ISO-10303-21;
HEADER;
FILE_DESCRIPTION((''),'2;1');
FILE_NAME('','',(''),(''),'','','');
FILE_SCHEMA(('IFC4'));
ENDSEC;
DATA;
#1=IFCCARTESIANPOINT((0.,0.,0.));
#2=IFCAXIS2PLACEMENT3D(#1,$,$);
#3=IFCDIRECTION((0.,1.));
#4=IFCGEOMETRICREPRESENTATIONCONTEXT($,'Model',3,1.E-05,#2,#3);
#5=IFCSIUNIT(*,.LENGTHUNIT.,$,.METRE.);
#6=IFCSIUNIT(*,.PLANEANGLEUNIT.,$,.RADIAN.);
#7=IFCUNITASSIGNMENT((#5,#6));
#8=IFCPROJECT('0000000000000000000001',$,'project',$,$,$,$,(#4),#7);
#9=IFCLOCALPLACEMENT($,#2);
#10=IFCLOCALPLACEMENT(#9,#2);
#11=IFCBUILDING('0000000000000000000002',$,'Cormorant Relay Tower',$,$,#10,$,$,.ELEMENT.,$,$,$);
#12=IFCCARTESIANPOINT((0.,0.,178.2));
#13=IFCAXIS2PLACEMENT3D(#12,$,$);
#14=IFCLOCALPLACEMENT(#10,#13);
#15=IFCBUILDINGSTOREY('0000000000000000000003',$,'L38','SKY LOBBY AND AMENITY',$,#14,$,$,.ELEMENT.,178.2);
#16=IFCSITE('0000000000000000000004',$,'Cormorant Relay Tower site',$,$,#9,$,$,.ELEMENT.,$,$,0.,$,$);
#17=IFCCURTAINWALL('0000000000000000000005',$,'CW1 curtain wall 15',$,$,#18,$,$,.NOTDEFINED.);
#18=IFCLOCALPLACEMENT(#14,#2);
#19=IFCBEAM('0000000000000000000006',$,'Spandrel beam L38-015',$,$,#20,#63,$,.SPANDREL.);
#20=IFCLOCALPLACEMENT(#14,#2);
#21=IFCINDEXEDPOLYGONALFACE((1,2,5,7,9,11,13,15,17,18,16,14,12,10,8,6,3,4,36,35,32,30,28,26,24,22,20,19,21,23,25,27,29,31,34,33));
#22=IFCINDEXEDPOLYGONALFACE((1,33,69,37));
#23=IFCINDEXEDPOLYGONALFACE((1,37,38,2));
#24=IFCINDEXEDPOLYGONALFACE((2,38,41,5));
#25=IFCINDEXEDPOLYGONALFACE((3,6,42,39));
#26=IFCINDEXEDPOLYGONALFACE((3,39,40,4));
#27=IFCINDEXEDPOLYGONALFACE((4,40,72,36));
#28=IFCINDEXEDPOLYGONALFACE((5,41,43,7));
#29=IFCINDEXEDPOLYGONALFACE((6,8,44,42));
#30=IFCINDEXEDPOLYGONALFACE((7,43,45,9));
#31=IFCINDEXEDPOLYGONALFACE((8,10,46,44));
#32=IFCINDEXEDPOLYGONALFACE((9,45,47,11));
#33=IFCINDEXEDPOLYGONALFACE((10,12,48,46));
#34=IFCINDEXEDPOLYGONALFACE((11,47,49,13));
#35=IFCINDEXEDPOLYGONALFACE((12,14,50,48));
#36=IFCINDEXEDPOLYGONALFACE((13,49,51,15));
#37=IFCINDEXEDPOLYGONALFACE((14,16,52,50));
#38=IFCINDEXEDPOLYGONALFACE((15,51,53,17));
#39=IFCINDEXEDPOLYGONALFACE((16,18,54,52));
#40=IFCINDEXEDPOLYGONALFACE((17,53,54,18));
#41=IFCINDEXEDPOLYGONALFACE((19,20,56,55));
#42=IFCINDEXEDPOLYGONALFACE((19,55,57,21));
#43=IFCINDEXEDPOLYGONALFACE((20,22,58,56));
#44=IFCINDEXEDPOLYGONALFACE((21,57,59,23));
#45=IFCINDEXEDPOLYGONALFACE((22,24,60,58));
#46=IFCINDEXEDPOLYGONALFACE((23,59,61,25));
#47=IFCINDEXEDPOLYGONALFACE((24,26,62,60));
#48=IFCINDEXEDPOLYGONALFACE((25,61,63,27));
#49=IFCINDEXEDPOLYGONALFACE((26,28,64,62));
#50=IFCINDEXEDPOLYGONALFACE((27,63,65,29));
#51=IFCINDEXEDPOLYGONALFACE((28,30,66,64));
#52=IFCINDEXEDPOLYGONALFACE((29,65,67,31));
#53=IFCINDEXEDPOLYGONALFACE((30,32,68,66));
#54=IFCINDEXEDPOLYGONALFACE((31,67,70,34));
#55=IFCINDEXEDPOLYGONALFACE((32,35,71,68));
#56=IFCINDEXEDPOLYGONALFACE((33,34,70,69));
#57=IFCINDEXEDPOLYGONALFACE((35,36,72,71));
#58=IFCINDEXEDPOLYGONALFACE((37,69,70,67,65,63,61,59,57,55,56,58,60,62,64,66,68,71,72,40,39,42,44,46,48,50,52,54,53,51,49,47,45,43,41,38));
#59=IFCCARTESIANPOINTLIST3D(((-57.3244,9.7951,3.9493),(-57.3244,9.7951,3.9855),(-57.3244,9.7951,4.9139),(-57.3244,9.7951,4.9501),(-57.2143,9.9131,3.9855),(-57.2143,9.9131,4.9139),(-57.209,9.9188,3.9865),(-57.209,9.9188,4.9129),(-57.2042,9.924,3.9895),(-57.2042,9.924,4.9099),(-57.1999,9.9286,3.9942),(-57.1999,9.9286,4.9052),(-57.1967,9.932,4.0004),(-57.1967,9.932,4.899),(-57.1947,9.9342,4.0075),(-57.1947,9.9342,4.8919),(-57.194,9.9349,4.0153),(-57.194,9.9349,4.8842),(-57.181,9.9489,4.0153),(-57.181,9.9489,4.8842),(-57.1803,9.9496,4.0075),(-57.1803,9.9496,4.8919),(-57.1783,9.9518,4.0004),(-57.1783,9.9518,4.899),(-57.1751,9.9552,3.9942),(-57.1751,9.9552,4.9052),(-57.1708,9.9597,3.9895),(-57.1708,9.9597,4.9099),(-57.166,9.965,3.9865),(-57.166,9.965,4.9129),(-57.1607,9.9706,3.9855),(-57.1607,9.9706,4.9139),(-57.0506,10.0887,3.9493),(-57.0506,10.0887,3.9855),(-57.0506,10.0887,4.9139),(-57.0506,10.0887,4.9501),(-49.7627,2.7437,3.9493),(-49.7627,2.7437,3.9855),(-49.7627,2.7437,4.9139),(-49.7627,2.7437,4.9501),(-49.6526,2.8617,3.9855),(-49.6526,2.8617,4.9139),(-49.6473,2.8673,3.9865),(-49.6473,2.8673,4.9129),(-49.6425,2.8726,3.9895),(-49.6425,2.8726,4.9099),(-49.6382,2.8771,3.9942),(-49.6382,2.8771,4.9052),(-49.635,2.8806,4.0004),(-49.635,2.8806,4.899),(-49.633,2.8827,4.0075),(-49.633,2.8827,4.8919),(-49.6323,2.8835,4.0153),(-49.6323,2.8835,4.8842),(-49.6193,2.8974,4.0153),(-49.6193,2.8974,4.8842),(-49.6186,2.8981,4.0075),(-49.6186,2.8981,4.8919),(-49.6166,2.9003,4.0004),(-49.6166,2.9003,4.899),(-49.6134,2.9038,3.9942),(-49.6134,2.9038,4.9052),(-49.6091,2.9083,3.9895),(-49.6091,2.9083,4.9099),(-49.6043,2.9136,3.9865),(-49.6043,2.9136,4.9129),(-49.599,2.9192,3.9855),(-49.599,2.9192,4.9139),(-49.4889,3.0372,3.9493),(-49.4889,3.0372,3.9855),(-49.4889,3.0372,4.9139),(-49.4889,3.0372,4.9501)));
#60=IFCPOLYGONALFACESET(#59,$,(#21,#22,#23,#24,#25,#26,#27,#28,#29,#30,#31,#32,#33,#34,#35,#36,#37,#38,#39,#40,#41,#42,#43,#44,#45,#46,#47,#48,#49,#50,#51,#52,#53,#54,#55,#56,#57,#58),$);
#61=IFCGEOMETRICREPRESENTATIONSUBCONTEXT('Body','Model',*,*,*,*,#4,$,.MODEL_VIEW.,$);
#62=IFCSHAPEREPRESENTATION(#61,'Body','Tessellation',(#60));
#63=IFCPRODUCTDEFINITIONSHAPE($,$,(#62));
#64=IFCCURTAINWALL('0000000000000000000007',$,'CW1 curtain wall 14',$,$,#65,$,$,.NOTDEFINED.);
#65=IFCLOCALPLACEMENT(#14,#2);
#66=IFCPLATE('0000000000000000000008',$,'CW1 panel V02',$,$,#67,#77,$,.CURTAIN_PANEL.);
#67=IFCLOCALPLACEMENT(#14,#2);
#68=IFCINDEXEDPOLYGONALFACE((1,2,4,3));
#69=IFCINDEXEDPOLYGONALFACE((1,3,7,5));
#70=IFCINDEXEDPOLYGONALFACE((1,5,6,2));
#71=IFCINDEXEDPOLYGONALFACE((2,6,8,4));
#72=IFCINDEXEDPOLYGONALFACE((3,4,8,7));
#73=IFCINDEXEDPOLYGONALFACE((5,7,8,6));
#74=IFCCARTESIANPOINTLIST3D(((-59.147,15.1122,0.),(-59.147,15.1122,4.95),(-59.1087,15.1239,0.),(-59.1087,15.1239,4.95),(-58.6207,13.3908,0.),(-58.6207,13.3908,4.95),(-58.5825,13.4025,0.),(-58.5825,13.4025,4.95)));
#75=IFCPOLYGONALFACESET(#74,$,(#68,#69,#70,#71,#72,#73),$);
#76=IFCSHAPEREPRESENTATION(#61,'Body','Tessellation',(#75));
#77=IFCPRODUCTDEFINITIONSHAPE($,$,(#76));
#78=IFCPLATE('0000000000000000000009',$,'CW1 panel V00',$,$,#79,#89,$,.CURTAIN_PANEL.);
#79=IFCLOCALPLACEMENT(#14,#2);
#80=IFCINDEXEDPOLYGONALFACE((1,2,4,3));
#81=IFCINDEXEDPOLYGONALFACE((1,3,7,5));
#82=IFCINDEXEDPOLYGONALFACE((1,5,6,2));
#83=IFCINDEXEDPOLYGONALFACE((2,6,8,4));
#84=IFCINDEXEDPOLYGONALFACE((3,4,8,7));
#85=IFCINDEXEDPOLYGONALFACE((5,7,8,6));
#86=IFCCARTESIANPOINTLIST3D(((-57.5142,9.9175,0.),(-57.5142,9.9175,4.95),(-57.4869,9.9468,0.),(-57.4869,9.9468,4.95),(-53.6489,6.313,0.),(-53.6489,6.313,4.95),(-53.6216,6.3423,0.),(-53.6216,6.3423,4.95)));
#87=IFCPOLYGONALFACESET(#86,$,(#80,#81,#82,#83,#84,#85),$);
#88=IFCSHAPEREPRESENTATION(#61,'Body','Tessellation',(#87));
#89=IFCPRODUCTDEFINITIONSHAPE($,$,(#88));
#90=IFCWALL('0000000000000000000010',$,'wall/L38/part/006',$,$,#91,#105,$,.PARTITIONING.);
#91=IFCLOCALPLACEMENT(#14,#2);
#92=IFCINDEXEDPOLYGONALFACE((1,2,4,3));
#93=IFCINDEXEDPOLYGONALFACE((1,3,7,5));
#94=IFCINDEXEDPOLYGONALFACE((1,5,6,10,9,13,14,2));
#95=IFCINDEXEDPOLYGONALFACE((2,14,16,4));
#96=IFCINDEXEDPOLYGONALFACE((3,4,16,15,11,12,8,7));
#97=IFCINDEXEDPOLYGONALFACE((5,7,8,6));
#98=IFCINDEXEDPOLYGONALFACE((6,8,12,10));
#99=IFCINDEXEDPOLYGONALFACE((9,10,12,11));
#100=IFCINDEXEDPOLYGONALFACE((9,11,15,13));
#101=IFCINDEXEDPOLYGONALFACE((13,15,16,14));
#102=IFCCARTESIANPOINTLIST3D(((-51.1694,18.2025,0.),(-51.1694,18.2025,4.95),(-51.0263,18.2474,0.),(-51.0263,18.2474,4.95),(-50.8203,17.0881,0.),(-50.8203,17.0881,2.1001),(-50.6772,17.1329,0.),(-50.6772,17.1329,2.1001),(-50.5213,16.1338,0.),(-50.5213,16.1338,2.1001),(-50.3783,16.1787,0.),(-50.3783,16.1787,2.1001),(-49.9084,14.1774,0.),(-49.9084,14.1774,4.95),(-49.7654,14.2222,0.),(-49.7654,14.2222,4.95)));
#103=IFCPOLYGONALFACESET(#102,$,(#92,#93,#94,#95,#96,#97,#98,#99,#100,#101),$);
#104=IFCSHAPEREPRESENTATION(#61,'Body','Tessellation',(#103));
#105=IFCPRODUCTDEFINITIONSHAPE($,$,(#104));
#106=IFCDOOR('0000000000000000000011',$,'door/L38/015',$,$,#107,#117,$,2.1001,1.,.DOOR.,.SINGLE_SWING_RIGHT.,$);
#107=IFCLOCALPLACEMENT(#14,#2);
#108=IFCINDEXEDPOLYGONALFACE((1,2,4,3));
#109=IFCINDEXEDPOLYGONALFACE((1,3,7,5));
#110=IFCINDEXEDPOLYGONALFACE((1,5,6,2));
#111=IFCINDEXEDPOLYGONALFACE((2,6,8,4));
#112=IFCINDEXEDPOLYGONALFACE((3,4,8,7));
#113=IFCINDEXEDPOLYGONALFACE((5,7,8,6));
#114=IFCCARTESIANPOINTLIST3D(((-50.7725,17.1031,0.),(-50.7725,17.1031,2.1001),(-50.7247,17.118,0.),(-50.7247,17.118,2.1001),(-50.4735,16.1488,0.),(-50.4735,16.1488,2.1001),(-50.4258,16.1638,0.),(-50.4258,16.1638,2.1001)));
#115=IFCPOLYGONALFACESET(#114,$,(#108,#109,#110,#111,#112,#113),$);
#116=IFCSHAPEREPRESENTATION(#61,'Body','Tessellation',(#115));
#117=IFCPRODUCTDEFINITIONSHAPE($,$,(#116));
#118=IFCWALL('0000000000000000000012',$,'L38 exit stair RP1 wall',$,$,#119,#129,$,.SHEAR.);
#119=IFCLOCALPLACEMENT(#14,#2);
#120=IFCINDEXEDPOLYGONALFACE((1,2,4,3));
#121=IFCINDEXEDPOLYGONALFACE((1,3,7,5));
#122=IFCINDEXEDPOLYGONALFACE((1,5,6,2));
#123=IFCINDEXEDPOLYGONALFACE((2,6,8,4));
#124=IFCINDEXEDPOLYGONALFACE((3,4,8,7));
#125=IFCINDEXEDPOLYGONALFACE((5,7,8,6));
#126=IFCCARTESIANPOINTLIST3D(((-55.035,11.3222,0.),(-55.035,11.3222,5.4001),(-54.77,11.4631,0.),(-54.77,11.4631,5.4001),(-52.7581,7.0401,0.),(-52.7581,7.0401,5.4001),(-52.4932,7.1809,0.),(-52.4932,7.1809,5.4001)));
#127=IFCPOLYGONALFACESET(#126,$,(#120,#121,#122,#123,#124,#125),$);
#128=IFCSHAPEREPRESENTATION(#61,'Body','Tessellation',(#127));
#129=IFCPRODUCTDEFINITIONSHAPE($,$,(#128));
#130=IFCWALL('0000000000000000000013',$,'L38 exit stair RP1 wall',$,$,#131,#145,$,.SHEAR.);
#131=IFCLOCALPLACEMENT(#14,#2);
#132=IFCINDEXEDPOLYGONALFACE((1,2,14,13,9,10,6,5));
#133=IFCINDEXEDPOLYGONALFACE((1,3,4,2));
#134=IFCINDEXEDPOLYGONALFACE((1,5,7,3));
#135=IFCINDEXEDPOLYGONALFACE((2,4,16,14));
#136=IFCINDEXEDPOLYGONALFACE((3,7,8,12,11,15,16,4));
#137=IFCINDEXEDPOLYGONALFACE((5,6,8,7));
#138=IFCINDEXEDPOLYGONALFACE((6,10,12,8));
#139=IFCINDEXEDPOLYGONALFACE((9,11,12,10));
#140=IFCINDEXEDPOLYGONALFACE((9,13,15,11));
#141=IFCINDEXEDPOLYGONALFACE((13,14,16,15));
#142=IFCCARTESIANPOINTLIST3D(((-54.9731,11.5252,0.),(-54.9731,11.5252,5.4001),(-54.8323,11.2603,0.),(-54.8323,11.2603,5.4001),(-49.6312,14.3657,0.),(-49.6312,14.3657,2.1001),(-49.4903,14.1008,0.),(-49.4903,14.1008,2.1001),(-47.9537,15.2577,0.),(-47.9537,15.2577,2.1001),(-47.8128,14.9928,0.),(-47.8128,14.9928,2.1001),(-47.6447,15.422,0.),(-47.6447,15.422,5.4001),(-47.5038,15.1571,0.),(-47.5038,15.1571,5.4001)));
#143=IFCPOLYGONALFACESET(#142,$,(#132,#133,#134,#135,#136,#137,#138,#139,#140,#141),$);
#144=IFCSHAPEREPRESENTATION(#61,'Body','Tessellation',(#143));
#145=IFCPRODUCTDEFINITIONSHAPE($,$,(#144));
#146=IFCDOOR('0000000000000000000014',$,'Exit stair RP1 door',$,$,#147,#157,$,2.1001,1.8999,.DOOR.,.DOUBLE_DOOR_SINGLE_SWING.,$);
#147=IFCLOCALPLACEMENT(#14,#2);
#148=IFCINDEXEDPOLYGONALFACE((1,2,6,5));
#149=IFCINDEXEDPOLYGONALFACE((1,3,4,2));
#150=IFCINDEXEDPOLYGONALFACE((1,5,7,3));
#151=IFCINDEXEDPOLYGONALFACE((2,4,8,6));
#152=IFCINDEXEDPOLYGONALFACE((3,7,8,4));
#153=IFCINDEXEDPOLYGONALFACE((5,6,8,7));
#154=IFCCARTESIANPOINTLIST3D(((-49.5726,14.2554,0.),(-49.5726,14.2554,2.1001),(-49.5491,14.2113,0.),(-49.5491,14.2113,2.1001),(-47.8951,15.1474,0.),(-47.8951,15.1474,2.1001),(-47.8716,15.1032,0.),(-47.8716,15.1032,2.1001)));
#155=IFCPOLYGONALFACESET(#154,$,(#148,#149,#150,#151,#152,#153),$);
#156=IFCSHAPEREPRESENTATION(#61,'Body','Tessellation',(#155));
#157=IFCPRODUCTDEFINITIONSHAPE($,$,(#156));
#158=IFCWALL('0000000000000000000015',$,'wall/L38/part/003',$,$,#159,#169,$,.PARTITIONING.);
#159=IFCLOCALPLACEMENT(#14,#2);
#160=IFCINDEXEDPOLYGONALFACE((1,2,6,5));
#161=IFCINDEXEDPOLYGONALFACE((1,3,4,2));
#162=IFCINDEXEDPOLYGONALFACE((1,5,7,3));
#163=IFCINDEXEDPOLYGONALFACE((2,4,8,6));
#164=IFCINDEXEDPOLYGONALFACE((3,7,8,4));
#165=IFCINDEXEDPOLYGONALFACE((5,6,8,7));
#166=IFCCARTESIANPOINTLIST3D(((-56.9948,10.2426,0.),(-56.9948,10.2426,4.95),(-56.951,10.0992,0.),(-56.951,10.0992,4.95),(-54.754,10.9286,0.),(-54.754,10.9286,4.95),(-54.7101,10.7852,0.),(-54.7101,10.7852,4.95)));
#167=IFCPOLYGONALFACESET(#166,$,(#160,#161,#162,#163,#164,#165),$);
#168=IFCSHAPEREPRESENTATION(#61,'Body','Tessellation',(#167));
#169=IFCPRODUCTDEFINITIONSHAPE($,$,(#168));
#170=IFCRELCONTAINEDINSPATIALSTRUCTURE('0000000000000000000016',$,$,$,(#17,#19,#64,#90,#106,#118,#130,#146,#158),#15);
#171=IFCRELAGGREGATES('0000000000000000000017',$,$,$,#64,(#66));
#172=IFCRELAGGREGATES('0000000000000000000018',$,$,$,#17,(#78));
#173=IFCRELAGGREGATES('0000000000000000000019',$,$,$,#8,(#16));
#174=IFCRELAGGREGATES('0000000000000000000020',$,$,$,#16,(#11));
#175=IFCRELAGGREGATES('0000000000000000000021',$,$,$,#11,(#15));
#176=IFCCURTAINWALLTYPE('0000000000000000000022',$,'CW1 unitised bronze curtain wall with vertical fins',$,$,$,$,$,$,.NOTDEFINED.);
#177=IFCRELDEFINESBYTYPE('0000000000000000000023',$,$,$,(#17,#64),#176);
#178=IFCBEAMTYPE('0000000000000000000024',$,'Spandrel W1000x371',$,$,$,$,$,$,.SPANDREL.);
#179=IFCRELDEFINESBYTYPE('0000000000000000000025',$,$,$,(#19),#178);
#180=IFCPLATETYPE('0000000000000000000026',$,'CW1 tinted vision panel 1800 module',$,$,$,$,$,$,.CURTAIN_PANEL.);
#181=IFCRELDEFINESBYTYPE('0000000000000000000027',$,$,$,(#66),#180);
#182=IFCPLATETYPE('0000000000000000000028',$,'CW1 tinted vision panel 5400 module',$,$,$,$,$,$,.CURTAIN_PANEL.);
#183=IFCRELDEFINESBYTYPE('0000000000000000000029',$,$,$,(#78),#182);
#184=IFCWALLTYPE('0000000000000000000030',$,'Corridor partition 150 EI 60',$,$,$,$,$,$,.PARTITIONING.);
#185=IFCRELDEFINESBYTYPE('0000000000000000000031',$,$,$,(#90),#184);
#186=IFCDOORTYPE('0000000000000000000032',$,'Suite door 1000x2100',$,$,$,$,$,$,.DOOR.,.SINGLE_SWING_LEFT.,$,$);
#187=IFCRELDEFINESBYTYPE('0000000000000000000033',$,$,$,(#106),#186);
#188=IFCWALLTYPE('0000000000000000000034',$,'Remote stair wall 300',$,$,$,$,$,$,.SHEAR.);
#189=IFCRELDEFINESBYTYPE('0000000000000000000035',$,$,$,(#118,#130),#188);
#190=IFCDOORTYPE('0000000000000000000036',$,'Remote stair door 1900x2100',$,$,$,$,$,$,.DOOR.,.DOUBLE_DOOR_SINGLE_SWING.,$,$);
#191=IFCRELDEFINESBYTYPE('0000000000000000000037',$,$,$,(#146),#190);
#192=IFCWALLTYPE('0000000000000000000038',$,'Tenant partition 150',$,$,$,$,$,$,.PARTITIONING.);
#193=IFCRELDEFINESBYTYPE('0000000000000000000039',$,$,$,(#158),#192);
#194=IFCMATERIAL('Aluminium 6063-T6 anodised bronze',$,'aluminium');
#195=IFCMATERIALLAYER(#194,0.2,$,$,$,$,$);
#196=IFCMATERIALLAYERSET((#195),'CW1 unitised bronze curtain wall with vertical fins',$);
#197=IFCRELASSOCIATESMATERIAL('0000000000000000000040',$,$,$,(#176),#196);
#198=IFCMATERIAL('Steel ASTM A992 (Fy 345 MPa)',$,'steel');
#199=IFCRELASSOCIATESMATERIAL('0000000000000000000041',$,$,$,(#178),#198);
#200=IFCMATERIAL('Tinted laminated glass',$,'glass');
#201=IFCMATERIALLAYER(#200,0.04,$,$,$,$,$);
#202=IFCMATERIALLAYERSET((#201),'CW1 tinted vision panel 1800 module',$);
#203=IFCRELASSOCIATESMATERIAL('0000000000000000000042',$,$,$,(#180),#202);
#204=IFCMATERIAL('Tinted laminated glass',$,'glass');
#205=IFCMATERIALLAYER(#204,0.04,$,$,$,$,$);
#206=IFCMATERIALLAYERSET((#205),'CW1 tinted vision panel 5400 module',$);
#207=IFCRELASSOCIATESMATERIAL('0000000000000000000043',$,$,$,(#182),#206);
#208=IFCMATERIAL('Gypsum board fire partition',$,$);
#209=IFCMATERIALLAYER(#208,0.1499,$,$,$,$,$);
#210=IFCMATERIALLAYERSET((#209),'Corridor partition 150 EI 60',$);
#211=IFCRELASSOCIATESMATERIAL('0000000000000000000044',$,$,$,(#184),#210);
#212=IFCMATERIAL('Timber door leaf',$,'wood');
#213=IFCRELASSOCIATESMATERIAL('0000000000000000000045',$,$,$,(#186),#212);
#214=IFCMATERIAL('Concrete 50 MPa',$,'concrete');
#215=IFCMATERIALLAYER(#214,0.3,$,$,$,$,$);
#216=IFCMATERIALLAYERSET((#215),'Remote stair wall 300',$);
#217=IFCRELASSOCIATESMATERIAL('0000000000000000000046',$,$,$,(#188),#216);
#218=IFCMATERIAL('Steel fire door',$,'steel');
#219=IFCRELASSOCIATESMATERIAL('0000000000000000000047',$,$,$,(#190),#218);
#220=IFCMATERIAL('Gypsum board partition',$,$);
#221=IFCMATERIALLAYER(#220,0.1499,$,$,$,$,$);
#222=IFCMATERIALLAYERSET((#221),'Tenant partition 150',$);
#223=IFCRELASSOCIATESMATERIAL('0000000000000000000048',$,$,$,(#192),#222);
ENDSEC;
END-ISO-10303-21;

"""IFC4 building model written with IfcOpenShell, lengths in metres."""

from ifc_helpers import new_model, si_unit, direction, frame, frame_2d, origin, origin_2d, place, context, subcontext, project, spatial, rectangle, i_section, extrude, material, layer, layer_set, material_profile, profile_set, type_object, element, fill, aggregate, save


model = new_model("IFC4")

# Units and contexts
model_context = context("Model", 3, precision=1e-05, world=origin(), true_north=direction((0.0, 1.0)))
body_context = subcontext(model_context, "Body", "Model", "MODEL_VIEW")
ifc_project = project(units=[si_unit("LENGTHUNIT", "METRE"), si_unit("PLANEANGLEUNIT", "RADIAN")], contexts=[model_context])

# Site, building, storey
site_placement = place(None, origin())
site = spatial("IfcSite", under=ifc_project, at=site_placement, Name="Cormorant Relay Tower site", CompositionType="ELEMENT", RefElevation=0.0)
building_placement = place(site_placement, origin())
building = spatial("IfcBuilding", under=site, at=building_placement, Name="Cormorant Relay Tower", CompositionType="ELEMENT")
storey_placement = place(building_placement, frame((0.0, 0.0, 178.2)))
storey = spatial("IfcBuildingStorey", under=building, at=storey_placement, Name="L38", Description="SKY LOBBY AND AMENITY", CompositionType="ELEMENT", Elevation=178.2)

# Curtain wall
ifc_material_1 = material(Name="Aluminium 6063-T6 anodised bronze", Category="aluminium")
ifc_layer_1 = layer(ifc_material_1, 0.2)
ifc_layer_set_1 = layer_set([ifc_layer_1], Name="CW1 unitised bronze curtain wall with vertical fins")
curtain_wall_type = type_object("IfcCurtainWallType", Name="CW1 unitised bronze curtain wall with vertical fins", PredefinedType="NOTDEFINED", material=ifc_layer_set_1)
curtain_wall_1_placement = place(storey_placement, origin())
curtain_wall_1 = element("IfcCurtainWall", 1, at=curtain_wall_1_placement, inside=storey, type_object=curtain_wall_type, Name="CW1 curtain wall 15", PredefinedType="NOTDEFINED")

# Beam
ifc_material_2 = material(Name="Steel ASTM A992 (Fy 345 MPa)", Category="steel")
ifc_material_profile_1 = material_profile(ifc_material_2, i_section(OverallWidth=0.4014, OverallDepth=1.0007, WebThickness=0.019, FlangeThickness=0.0361, FilletRadius=0.0298, at=origin_2d()), Name="W1000x371")
ifc_profile_set_1 = profile_set([ifc_material_profile_1], Name="Steel ASTM A992 (Fy 345 MPa)")
beam_type = type_object("IfcBeamType", Name="Spandrel W1000x371", PredefinedType="SPANDREL", material=ifc_profile_set_1)
beam_placement = place(storey_placement, frame((-57.1875, 9.9419, 4.4497), z_axis=(0.731351, -0.682001, 0.0), x_axis=(0.682001, 0.731351, 0.0)))
element("IfcBeam", 2, at=beam_placement, inside=storey, type_object=beam_type, Name="Spandrel beam L38-015", PredefinedType="SPANDREL", context=body_context, shape_type="SweptSolid", body=[
    extrude(i_section(OverallWidth=0.4014, OverallDepth=1.0007, WebThickness=0.019, FlangeThickness=0.0361, FilletRadius=0.0298, at=origin_2d()), origin(), (0.0, 0.0, 1.0), 10.3394),
])

# Curtain wall, plate
curtain_wall_2_placement = place(storey_placement, origin())
curtain_wall_2 = element("IfcCurtainWall", 3, at=curtain_wall_2_placement, inside=storey, type_object=curtain_wall_type, Name="CW1 curtain wall 14", PredefinedType="NOTDEFINED")
ifc_material_3 = material(Name="Tinted laminated glass", Category="glass")
ifc_layer_2 = layer(ifc_material_3, 0.04)
ifc_layer_set_2 = layer_set([ifc_layer_2], Name="CW1 tinted vision panel 1800 module")
plate_type_1 = type_object("IfcPlateType", Name="CW1 tinted vision panel 1800 module", PredefinedType="CURTAIN_PANEL", material=ifc_layer_set_2)
plate_1_placement = place(storey_placement, frame((-58.8647, 14.2573, 0.0), z_axis=(0.0, 0.0, 1.0), x_axis=(0.292372, -0.956305, 0.0)))
plate_1 = element("IfcPlate", 4, at=plate_1_placement, type_object=plate_type_1, Name="CW1 panel V02", PredefinedType="CURTAIN_PANEL", context=body_context, shape_type="SweptSolid", body=[
    extrude(rectangle(XDim=1.8, YDim=0.04, at=origin_2d()), origin(), (0.0, 0.0, 1.0), 4.95),
])

# Plate
ifc_material_4 = material(Name="Tinted laminated glass", Category="glass")
ifc_layer_3 = layer(ifc_material_4, 0.04)
ifc_layer_set_3 = layer_set([ifc_layer_3], Name="CW1 tinted vision panel 5400 module")
plate_type_2 = type_object("IfcPlateType", Name="CW1 tinted vision panel 5400 module", PredefinedType="CURTAIN_PANEL", material=ifc_layer_set_3)
plate_2_placement = place(storey_placement, frame((-55.5679, 8.1299, 0.0), z_axis=(0.0, 0.0, 1.0), x_axis=(0.731354, -0.681998, 0.0)))
plate_2 = element("IfcPlate", 5, at=plate_2_placement, type_object=plate_type_2, Name="CW1 panel V00", PredefinedType="CURTAIN_PANEL", context=body_context, shape_type="SweptSolid", body=[
    extrude(rectangle(XDim=5.2852, YDim=0.04, at=origin_2d()), origin(), (0.0, 0.0, 1.0), 4.95),
])

# Wall, opening, door
ifc_material_5 = material(Name="Gypsum board fire partition")
ifc_layer_4 = layer(ifc_material_5, 0.1499)
ifc_layer_set_4 = layer_set([ifc_layer_4], Name="Corridor partition 150 EI 60")
wall_type_1 = type_object("IfcWallType", Name="Corridor partition 150 EI 60", PredefinedType="PARTITIONING", material=ifc_layer_set_4)
wall_1_placement = place(storey_placement, frame((-49.8369, 14.2, 0.0), z_axis=(0.0, 0.0, 1.0), x_axis=(-0.298951, 0.954269, 0.0)))
wall_1 = element("IfcWall", 6, at=wall_1_placement, inside=storey, type_object=wall_type_1, Name="wall/L38/part/006", PredefinedType="PARTITIONING", context=body_context, shape_type="SweptSolid", body=[
    extrude(rectangle(XDim=4.218, YDim=0.1499, at=frame_2d((2.1089, 0.0))), origin(), (0.0, 0.0, 1.0), 4.95),
])
opening_1_placement = place(wall_1_placement, frame((2.05, 0.0, 0.0)))
opening_1 = element("IfcOpeningElement", 7, at=opening_1_placement, cuts=wall_1, PredefinedType="OPENING", context=body_context, shape_type="SweptSolid", body=[
    extrude(rectangle(XDim=1.0, YDim=2.1001, at=frame_2d((0.5, 1.05))), frame((0.0, 0.085, 0.0), z_axis=(0.0, -1.0, 0.0), x_axis=(1.0, 0.0, 0.0)), (0.0, 0.0, 1.0), 0.1699),
])
ifc_material_6 = material(Name="Timber door leaf", Category="wood")
door_type_1 = type_object("IfcDoorType", Name="Suite door 1000x2100", OperationType="SINGLE_SWING_LEFT", PredefinedType="DOOR", material=ifc_material_6)
door_1_placement = place(opening_1_placement, origin())
door_1 = element("IfcDoor", 8, at=door_1_placement, inside=storey, type_object=door_type_1, Name="door/L38/015", OperationType="SINGLE_SWING_RIGHT", OverallHeight=2.1001, OverallWidth=1.0, PredefinedType="DOOR", context=body_context, shape_type="SweptSolid", body=[
    extrude(rectangle(XDim=1.0, YDim=2.1001, at=frame_2d((0.5, 1.05))), frame((0.0, 0.0249, 0.0), z_axis=(0.0, -1.0, 0.0), x_axis=(1.0, 0.0, 0.0)), (0.0, 0.0, 1.0), 0.05),
])
fill(opening_1, door_1)

# Wall
ifc_material_7 = material(Name="Concrete 50 MPa", Category="concrete")
ifc_layer_5 = layer(ifc_material_7, 0.3)
ifc_layer_set_5 = layer_set([ifc_layer_5], Name="Remote stair wall 300")
wall_type_2 = type_object("IfcWallType", Name="Remote stair wall 300", PredefinedType="SHEAR", material=ifc_layer_set_5)
wall_2_placement = place(storey_placement, frame((-52.6257, 7.1106, 0.0), z_axis=(0.0, 0.0, 1.0), x_axis=(-0.469464, 0.882951, 0.0)))
element("IfcWall", 9, at=wall_2_placement, inside=storey, type_object=wall_type_2, Name="L38 exit stair RP1 wall", PredefinedType="SHEAR", context=body_context, shape_type="SweptSolid", body=[
    extrude(rectangle(XDim=4.8499, YDim=0.3, at=frame_2d((2.4248, 0.0))), origin(), (0.0, 0.0, 1.0), 5.4001),
])

# Wall, opening, door
wall_3_placement = place(storey_placement, frame((-54.9026, 11.3928, 0.0), z_axis=(0.0, 0.0, 1.0), x_axis=(0.882939, 0.469487, 0.0)))
wall_3 = element("IfcWall", 10, at=wall_3_placement, inside=storey, type_object=wall_type_2, Name="L38 exit stair RP1 wall", PredefinedType="SHEAR", context=body_context, shape_type="SweptSolid", body=[
    extrude(rectangle(XDim=8.3, YDim=0.3, at=frame_2d((4.1499, 0.0))), origin(), (0.0, 0.0, 1.0), 5.4001),
])
opening_2_placement = place(wall_3_placement, frame((6.05, 0.0, 0.0)))
opening_2 = element("IfcOpeningElement", 11, at=opening_2_placement, cuts=wall_3, PredefinedType="OPENING", context=body_context, shape_type="SweptSolid", body=[
    extrude(rectangle(XDim=1.8999, YDim=2.1001, at=frame_2d((0.95, 1.05))), frame((0.0, 0.1599, 0.0), z_axis=(0.0, -1.0, 0.0), x_axis=(1.0, 0.0, 0.0)), (0.0, 0.0, 1.0), 0.3201),
])
ifc_material_8 = material(Name="Steel fire door", Category="steel")
door_type_2 = type_object("IfcDoorType", Name="Remote stair door 1900x2100", OperationType="DOUBLE_DOOR_SINGLE_SWING", PredefinedType="DOOR", material=ifc_material_8)
door_2_placement = place(opening_2_placement, frame((1.8999, 0.0, 0.0), z_axis=(0.0, 0.0, 1.0), x_axis=(-1.0, 0.0, 0.0)))
door_2 = element("IfcDoor", 12, at=door_2_placement, inside=storey, type_object=door_type_2, Name="Exit stair RP1 door", OperationType="DOUBLE_DOOR_SINGLE_SWING", OverallHeight=2.1001, OverallWidth=1.8999, PredefinedType="DOOR", context=body_context, shape_type="SweptSolid", body=[
    extrude(rectangle(XDim=1.8999, YDim=2.1001, at=frame_2d((0.95, 1.05))), frame((0.0, 0.0249, 0.0), z_axis=(0.0, -1.0, 0.0), x_axis=(1.0, 0.0, 0.0)), (0.0, 0.0, 1.0), 0.05),
])
fill(opening_2, door_2)

# Wall
ifc_material_9 = material(Name="Gypsum board partition")
ifc_layer_6 = layer(ifc_material_9, 0.1499)
ifc_layer_set_6 = layer_set([ifc_layer_6], Name="Tenant partition 150")
wall_type_3 = type_object("IfcWallType", Name="Tenant partition 150", PredefinedType="PARTITIONING", material=ifc_layer_set_6)
wall_4_placement = place(storey_placement, frame((-54.7319, 10.8569, 0.0), z_axis=(0.0, 0.0, 1.0), x_axis=(-0.956197, -0.292724, 0.0)))
element("IfcWall", 13, at=wall_4_placement, inside=storey, type_object=wall_type_3, Name="wall/L38/part/003", PredefinedType="PARTITIONING", context=body_context, shape_type="SweptSolid", body=[
    extrude(rectangle(XDim=2.3435, YDim=0.1499, at=frame_2d((1.1719, 0.0))), origin(), (0.0, 0.0, 1.0), 4.95),
])

aggregate(curtain_wall_2, [plate_1])
aggregate(curtain_wall_1, [plate_2])

save(model, "model.ifc")
